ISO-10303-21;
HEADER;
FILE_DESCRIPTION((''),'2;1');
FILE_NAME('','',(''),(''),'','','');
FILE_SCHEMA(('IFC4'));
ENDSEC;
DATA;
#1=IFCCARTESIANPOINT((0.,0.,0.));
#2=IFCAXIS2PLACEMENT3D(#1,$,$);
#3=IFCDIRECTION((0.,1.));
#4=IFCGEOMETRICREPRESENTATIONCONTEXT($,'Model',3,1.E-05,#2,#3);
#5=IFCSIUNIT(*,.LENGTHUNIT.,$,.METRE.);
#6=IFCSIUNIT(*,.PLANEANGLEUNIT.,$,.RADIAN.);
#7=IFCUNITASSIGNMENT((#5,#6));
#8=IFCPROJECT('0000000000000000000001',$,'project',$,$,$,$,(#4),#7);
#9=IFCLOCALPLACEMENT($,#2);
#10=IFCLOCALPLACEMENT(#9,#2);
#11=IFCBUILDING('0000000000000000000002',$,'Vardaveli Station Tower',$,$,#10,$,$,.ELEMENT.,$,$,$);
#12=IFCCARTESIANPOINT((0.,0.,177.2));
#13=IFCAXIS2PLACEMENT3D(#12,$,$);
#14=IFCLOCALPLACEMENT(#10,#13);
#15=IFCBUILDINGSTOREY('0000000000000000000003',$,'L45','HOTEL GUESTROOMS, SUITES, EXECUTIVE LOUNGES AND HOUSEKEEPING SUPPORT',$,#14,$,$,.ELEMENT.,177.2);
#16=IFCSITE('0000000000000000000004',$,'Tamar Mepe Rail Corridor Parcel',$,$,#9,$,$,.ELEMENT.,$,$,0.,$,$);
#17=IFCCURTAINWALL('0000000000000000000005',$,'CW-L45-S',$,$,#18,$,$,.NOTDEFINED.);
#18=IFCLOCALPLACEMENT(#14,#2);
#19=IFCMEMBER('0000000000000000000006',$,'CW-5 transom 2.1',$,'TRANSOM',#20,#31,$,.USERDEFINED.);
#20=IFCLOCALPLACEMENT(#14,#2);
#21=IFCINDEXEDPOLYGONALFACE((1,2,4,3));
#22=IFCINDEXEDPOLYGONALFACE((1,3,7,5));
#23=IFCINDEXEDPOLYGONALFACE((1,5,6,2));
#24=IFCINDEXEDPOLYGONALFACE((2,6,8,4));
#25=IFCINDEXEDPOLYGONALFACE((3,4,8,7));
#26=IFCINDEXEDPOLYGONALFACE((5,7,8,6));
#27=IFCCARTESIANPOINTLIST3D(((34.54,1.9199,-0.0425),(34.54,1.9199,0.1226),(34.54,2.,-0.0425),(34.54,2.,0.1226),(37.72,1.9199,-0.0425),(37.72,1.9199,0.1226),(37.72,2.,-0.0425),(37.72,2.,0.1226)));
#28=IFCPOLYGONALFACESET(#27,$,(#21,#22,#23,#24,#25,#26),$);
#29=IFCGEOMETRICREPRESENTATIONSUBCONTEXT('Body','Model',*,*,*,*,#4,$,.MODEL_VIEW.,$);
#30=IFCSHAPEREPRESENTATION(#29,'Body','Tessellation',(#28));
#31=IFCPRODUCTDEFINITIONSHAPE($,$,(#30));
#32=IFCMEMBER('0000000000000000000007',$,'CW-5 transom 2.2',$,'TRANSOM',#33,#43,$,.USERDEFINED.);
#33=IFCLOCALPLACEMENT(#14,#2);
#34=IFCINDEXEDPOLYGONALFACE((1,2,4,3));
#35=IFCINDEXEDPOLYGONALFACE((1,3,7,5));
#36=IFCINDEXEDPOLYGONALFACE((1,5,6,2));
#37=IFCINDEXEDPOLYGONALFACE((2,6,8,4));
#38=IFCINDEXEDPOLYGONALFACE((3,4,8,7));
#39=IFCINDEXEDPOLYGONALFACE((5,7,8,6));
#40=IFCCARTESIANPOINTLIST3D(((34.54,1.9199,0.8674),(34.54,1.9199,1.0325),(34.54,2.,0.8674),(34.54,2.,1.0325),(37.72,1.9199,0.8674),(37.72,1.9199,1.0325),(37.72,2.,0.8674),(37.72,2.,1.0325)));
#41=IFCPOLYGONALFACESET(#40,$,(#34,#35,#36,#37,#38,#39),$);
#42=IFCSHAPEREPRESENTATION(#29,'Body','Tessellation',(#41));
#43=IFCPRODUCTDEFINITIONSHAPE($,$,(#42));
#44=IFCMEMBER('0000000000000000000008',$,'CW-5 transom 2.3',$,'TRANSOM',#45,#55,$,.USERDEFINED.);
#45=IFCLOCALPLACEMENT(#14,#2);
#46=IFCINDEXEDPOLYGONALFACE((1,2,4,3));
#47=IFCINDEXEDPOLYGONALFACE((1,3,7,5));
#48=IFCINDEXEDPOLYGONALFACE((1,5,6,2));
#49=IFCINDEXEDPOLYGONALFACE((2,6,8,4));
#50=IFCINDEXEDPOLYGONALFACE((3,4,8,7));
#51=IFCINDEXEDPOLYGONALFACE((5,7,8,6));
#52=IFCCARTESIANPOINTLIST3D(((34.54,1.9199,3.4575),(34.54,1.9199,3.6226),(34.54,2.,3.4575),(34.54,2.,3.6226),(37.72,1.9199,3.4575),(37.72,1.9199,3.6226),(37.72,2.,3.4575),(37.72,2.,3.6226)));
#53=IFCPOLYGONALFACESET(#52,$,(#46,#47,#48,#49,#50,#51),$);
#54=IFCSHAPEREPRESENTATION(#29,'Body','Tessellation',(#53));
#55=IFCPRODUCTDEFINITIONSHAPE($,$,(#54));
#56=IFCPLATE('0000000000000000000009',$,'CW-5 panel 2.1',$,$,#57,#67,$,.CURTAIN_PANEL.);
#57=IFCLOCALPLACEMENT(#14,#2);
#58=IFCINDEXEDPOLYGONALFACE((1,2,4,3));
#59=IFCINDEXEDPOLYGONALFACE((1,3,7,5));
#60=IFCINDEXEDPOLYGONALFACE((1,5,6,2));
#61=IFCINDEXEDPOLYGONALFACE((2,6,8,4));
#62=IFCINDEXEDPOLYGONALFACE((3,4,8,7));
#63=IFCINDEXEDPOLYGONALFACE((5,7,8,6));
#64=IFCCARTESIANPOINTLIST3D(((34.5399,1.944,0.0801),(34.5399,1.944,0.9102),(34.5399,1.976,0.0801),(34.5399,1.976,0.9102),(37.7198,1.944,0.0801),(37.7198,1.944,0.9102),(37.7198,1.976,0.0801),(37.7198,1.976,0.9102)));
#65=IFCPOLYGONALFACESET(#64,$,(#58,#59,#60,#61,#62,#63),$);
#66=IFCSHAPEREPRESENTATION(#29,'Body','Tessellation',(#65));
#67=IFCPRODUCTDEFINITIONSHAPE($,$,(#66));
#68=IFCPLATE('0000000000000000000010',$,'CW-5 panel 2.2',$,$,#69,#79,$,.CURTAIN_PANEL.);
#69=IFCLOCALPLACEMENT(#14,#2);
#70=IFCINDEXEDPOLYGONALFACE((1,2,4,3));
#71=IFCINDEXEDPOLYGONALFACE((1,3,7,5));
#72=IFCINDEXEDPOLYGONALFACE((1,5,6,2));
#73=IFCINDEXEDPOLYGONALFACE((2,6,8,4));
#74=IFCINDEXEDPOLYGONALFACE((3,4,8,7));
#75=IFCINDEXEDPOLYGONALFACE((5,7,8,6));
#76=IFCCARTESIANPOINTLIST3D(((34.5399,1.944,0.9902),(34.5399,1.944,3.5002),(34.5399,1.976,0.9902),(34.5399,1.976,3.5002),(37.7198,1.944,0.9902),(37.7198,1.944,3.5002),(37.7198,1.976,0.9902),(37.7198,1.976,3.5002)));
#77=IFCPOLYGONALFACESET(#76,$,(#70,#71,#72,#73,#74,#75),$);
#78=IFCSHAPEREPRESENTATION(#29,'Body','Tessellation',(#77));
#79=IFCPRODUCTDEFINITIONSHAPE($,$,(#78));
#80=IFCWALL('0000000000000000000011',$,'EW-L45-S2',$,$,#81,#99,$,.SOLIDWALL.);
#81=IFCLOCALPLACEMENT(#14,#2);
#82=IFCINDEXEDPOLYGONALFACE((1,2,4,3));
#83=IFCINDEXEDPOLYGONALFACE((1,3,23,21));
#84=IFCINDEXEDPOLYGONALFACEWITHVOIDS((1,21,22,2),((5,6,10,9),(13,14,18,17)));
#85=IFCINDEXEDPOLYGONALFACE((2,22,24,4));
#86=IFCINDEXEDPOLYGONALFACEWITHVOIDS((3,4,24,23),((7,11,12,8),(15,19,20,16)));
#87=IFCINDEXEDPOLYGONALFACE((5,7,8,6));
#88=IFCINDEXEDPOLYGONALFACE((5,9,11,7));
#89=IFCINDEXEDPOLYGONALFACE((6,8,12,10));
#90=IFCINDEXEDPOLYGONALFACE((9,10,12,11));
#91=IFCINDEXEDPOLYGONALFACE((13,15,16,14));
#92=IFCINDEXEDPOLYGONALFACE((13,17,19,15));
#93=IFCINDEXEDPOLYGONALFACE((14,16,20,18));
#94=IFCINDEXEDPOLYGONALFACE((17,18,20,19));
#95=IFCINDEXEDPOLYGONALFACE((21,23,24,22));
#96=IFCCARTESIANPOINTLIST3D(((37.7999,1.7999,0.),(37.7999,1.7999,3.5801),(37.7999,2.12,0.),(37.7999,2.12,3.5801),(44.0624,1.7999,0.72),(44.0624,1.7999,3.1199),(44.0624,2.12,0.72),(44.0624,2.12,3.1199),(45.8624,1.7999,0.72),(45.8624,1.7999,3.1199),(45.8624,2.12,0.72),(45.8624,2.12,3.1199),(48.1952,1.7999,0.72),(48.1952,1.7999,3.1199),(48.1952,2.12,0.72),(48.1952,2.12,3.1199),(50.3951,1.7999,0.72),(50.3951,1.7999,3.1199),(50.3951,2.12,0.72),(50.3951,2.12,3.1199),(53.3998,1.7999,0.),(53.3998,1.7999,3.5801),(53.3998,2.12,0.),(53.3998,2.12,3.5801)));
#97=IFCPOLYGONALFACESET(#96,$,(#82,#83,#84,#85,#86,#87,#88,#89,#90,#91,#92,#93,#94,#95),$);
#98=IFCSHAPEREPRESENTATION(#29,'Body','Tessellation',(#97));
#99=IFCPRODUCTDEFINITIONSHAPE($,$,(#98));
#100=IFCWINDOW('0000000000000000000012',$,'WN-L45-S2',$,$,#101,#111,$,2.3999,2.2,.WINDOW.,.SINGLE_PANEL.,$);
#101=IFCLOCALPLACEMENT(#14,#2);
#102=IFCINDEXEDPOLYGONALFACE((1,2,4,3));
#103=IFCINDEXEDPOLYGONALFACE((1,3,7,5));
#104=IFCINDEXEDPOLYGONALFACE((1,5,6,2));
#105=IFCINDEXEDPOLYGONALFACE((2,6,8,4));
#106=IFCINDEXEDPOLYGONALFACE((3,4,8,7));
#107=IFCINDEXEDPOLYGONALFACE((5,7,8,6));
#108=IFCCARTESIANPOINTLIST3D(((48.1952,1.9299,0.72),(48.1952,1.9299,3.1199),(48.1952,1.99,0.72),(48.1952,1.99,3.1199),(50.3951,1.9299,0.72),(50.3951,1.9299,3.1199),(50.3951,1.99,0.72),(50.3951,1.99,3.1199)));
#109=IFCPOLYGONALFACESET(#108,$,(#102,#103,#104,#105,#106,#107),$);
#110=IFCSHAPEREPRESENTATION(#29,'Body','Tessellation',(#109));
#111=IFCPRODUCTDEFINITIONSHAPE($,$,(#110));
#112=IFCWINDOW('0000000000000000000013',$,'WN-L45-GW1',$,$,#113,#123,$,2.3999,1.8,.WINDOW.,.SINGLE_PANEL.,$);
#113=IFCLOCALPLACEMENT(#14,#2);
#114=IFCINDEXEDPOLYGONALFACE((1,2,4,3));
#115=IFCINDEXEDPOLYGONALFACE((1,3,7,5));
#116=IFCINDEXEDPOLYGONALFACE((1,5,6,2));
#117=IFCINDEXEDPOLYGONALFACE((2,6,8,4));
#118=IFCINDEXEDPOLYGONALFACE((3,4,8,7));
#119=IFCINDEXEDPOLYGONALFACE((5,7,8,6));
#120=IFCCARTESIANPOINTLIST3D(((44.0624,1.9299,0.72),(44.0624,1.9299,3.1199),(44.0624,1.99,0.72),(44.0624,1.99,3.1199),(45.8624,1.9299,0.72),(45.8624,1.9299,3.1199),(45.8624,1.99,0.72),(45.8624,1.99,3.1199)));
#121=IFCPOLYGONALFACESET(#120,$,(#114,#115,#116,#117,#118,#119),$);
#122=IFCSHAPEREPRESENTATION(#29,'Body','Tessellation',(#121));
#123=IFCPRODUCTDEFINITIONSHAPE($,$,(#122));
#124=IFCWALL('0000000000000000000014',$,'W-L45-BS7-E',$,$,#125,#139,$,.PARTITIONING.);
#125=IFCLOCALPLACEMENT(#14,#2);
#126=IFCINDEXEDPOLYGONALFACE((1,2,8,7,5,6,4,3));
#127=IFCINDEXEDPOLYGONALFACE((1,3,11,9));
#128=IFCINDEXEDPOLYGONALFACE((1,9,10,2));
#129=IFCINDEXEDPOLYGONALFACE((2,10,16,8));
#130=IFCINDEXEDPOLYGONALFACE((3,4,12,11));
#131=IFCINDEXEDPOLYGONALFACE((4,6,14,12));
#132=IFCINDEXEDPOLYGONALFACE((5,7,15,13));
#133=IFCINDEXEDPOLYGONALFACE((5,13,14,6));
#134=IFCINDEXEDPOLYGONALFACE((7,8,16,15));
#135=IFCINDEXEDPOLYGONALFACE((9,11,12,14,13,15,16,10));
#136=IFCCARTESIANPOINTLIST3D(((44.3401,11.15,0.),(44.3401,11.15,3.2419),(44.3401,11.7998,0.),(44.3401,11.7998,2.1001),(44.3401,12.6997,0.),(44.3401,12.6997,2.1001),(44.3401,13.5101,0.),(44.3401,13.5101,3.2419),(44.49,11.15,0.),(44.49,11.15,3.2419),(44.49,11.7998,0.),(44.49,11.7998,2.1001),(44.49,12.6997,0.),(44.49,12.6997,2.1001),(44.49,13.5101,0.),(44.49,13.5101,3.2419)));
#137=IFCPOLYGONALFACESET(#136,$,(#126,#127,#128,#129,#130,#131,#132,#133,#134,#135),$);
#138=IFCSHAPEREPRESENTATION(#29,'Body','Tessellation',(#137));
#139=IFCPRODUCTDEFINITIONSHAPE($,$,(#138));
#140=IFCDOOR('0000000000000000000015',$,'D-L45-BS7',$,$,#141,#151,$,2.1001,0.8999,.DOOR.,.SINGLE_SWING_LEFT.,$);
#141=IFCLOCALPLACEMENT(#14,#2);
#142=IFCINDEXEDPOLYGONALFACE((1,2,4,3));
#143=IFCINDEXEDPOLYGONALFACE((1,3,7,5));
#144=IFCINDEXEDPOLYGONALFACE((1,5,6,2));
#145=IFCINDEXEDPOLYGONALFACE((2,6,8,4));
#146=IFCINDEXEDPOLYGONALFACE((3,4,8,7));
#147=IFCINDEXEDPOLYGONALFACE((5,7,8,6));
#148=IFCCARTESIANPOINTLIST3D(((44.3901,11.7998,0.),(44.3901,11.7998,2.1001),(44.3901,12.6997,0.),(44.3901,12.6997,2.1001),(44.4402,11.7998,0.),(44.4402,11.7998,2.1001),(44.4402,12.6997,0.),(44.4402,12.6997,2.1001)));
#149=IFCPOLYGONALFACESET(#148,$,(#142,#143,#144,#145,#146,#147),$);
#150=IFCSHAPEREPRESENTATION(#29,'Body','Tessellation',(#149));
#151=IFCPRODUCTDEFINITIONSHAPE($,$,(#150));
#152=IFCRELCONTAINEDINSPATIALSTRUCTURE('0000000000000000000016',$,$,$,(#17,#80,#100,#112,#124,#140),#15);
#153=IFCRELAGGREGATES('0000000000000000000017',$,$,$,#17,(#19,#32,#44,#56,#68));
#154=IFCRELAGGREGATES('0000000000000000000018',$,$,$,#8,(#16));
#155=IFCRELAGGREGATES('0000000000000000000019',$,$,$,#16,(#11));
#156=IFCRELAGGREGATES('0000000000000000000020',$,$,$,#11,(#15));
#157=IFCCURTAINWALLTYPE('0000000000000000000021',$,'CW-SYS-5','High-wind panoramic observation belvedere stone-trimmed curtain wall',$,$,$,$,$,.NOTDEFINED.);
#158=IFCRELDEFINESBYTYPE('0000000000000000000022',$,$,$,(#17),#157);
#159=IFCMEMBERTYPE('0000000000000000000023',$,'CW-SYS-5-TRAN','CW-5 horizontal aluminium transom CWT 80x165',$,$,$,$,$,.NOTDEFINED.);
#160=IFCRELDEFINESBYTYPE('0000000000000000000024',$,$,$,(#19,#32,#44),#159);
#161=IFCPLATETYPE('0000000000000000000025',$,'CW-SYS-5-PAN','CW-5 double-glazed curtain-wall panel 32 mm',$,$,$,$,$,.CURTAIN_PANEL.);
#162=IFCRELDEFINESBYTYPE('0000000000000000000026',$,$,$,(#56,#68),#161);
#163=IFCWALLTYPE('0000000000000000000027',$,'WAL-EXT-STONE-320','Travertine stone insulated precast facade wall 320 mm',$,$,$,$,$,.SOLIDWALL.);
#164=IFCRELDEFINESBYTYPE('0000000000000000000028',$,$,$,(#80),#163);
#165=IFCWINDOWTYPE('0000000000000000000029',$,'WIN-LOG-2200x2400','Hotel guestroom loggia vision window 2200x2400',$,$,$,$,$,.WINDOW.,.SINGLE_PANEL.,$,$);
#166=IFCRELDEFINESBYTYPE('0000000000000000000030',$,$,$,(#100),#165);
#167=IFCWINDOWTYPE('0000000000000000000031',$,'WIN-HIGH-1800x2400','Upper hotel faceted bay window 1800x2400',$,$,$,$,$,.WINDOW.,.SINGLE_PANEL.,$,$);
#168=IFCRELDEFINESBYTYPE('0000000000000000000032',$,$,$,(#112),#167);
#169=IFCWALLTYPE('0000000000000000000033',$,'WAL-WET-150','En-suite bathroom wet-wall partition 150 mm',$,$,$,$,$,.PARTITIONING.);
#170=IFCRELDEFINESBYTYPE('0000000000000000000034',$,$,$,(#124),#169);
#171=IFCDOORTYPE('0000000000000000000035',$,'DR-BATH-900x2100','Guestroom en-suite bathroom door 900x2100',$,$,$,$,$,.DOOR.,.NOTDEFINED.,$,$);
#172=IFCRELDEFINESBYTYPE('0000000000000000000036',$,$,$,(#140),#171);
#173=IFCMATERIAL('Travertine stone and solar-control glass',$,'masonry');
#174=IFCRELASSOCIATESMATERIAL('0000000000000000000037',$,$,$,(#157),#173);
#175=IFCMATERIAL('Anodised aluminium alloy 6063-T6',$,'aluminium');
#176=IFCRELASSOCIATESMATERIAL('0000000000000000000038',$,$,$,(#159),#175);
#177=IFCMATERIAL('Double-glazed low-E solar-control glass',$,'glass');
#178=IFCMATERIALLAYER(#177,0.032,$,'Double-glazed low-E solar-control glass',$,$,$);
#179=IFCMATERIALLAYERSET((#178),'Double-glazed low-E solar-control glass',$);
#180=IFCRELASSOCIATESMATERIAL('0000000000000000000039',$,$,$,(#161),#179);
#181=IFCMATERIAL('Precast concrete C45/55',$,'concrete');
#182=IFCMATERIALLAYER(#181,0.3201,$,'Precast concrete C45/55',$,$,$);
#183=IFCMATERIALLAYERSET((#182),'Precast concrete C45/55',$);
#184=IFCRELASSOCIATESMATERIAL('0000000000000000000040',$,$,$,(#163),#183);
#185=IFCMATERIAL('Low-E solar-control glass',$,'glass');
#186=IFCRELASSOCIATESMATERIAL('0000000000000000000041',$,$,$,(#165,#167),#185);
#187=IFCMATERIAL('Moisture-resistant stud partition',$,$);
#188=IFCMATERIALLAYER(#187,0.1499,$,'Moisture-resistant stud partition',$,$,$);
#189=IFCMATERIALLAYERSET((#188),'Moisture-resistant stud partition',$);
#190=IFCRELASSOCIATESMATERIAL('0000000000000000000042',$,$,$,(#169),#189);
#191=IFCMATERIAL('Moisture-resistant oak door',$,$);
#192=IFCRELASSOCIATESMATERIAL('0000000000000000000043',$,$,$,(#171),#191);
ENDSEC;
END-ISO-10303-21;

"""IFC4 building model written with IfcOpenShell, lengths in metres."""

from ifc_helpers import new_model, si_unit, direction, frame, frame_2d, origin, origin_2d, place, context, subcontext, project, spatial, rectangle, extrude, source, transform, mapped, material, layer, layer_set, material_profile, profile_set, type_object, element, fill, aggregate, save


model = new_model("IFC4")

# Units and contexts
model_context = context("Model", 3, precision=1e-05, world=origin(), true_north=direction((0.0, 1.0)))
body_context = subcontext(model_context, "Body", "Model", "MODEL_VIEW")
ifc_project = project(units=[si_unit("LENGTHUNIT", "METRE"), si_unit("PLANEANGLEUNIT", "RADIAN")], contexts=[model_context])

# Site, building, storey
site_placement = place(None, origin())
site = spatial("IfcSite", under=ifc_project, at=site_placement, Name="Tamar Mepe Rail Corridor Parcel", CompositionType="ELEMENT", RefElevation=0.0)
building_placement = place(site_placement, origin())
building = spatial("IfcBuilding", under=site, at=building_placement, Name="Vardaveli Station Tower", CompositionType="ELEMENT")
storey_placement = place(building_placement, frame((0.0, 0.0, 177.2)))
storey = spatial("IfcBuildingStorey", under=building, at=storey_placement, Name="L45", Description="HOTEL GUESTROOMS, SUITES, EXECUTIVE LOUNGES AND HOUSEKEEPING SUPPORT", CompositionType="ELEMENT", Elevation=177.2)

# Shared definitions
ifc_material_1 = material(Name="Precast concrete C45/55", Category="concrete")

# Curtain wall, members, plates
ifc_material_2 = material(Name="Travertine stone and solar-control glass", Category="masonry")
curtain_wall_type = type_object("IfcCurtainWallType", Name="CW-SYS-5", Description="High-wind panoramic observation belvedere stone-trimmed curtain wall", PredefinedType="NOTDEFINED", material=ifc_material_2)
curtain_wall_placement = place(storey_placement, origin())
curtain_wall = element("IfcCurtainWall", 1, at=curtain_wall_placement, inside=storey, type_object=curtain_wall_type, Name="CW-L45-S", PredefinedType="NOTDEFINED")
ifc_material_3 = material(Name="Anodised aluminium alloy 6063-T6", Category="aluminium")
ifc_material_profile_1 = material_profile(ifc_material_3, rectangle(XDim=0.0801, YDim=0.165, at=origin_2d()), Name="CWT 80x165")
ifc_profile_set_1 = profile_set([ifc_material_profile_1], Name="Anodised aluminium alloy 6063-T6")
member_type_1 = type_object("IfcMemberType", Name="CW-SYS-5-TRAN", Description="CW-5 horizontal aluminium transom CWT 80x165", PredefinedType="NOTDEFINED", material=ifc_profile_set_1)
shared_shape_1 = source(origin(), body_context, "Body", "SweptSolid", [
    extrude(rectangle(XDim=0.0801, YDim=0.165, at=origin_2d()), origin(), (0.0, 0.0, 1.0), 3.1799),
])
member_1_placement = place(storey_placement, frame((34.54, 1.96, 0.04), z_axis=(1.0, 0.0, 0.0), x_axis=(0.0, 1.0, 0.0)))
member_1 = element("IfcMember", 2, at=member_1_placement, type_object=member_type_1, Name="CW-5 transom 2.1", ObjectType="TRANSOM", PredefinedType="USERDEFINED", context=body_context, shape_type="MappedRepresentation", body=[
    mapped(shared_shape_1, transform((0.0, 0.0, 0.0), scale=1.0)),
])
member_2_placement = place(storey_placement, frame((34.54, 1.96, 0.95), z_axis=(1.0, 0.0, 0.0), x_axis=(0.0, 1.0, 0.0)))
member_2 = element("IfcMember", 3, at=member_2_placement, type_object=member_type_1, Name="CW-5 transom 2.2", ObjectType="TRANSOM", PredefinedType="USERDEFINED", context=body_context, shape_type="MappedRepresentation", body=[
    mapped(shared_shape_1, transform((0.0, 0.0, 0.0), scale=1.0)),
])
member_3_placement = place(storey_placement, frame((34.54, 1.96, 3.54), z_axis=(1.0, 0.0, 0.0), x_axis=(0.0, 1.0, 0.0)))
member_3 = element("IfcMember", 4, at=member_3_placement, type_object=member_type_1, Name="CW-5 transom 2.3", ObjectType="TRANSOM", PredefinedType="USERDEFINED", context=body_context, shape_type="MappedRepresentation", body=[
    mapped(shared_shape_1, transform((0.0, 0.0, 0.0), scale=1.0)),
])
ifc_material_4 = material(Name="Double-glazed low-E solar-control glass", Category="glass")
ifc_layer_1 = layer(ifc_material_4, 0.032, Name="Double-glazed low-E solar-control glass")
ifc_layer_set_1 = layer_set([ifc_layer_1], Name="Double-glazed low-E solar-control glass")
plate_type = type_object("IfcPlateType", Name="CW-SYS-5-PAN", Description="CW-5 double-glazed curtain-wall panel 32 mm", PredefinedType="CURTAIN_PANEL", material=ifc_layer_set_1)
shared_shape_2 = source(origin(), body_context, "Body", "SweptSolid", [
    extrude(rectangle(XDim=3.1799, YDim=0.032, at=origin_2d()), origin(), (0.0, 0.0, 1.0), 0.8301),
])
plate_1_placement = place(storey_placement, frame((36.1299, 1.96, 0.0801), z_axis=(0.0, 0.0, 1.0), x_axis=(1.0, 0.0, 0.0)))
plate_1 = element("IfcPlate", 5, at=plate_1_placement, type_object=plate_type, Name="CW-5 panel 2.1", PredefinedType="CURTAIN_PANEL", context=body_context, shape_type="MappedRepresentation", body=[
    mapped(shared_shape_2, transform((0.0, 0.0, 0.0), scale=1.0)),
])
shared_shape_3 = source(origin(), body_context, "Body", "SweptSolid", [
    extrude(rectangle(XDim=3.1799, YDim=0.032, at=origin_2d()), origin(), (0.0, 0.0, 1.0), 2.51),
])
plate_2_placement = place(storey_placement, frame((36.1299, 1.96, 0.9902), z_axis=(0.0, 0.0, 1.0), x_axis=(1.0, 0.0, 0.0)))
plate_2 = element("IfcPlate", 6, at=plate_2_placement, type_object=plate_type, Name="CW-5 panel 2.2", PredefinedType="CURTAIN_PANEL", context=body_context, shape_type="MappedRepresentation", body=[
    mapped(shared_shape_3, transform((0.0, 0.0, 0.0), scale=1.0)),
])
aggregate(curtain_wall, [member_1, member_2, member_3, plate_1, plate_2])

# Wall, openings, windows
ifc_layer_2 = layer(ifc_material_1, 0.3201, Name="Precast concrete C45/55")
ifc_layer_set_2 = layer_set([ifc_layer_2], Name="Precast concrete C45/55")
wall_type_1 = type_object("IfcWallType", Name="WAL-EXT-STONE-320", Description="Travertine stone insulated precast facade wall 320 mm", PredefinedType="SOLIDWALL", material=ifc_layer_set_2)
shared_shape_4 = source(origin(), body_context, "Body", "SweptSolid", [
    extrude(rectangle(XDim=15.5999, YDim=0.3201, at=frame_2d((7.7998, 0.0))), origin(), (0.0, 0.0, 1.0), 3.5801),
])
wall_1_placement = place(storey_placement, frame((37.8, 1.96, 0.0), z_axis=(0.0, 0.0, 1.0), x_axis=(1.0, 0.0, 0.0)))
wall_1 = element("IfcWall", 7, at=wall_1_placement, inside=storey, type_object=wall_type_1, Name="EW-L45-S2", PredefinedType="SOLIDWALL", context=body_context, shape_type="MappedRepresentation", body=[
    mapped(shared_shape_4, transform((0.0, 0.0, 0.0), scale=1.0)),
])
shared_shape_5 = source(origin(), body_context, "Body", "SweptSolid", [
    extrude(rectangle(XDim=2.2, YDim=2.3999, at=frame_2d((1.1001, 1.2))), frame((0.0, 0.1699, 0.0), z_axis=(0.0, -1.0, 0.0), x_axis=(1.0, 0.0, 0.0)), (0.0, 0.0, 1.0), 0.3401),
])
opening_1_placement = place(wall_1_placement, frame((10.395, 0.0, 0.72)))
opening_1 = element("IfcOpeningElement", 8, at=opening_1_placement, cuts=wall_1, PredefinedType="OPENING", context=body_context, shape_type="MappedRepresentation", body=[
    mapped(shared_shape_5, transform((0.0, 0.0, 0.0), scale=1.0)),
])
shared_shape_6 = source(origin(), body_context, "Body", "SweptSolid", [
    extrude(rectangle(XDim=1.8, YDim=2.3999, at=frame_2d((0.8999, 1.2))), frame((0.0, 0.1699, 0.0), z_axis=(0.0, -1.0, 0.0), x_axis=(1.0, 0.0, 0.0)), (0.0, 0.0, 1.0), 0.3401),
])
opening_2_placement = place(wall_1_placement, frame((6.2625, 0.0, 0.72)))
opening_2 = element("IfcOpeningElement", 9, at=opening_2_placement, cuts=wall_1, PredefinedType="OPENING", context=body_context, shape_type="MappedRepresentation", body=[
    mapped(shared_shape_6, transform((0.0, 0.0, 0.0), scale=1.0)),
])
ifc_material_5 = material(Name="Low-E solar-control glass", Category="glass")
window_type_1 = type_object("IfcWindowType", Name="WIN-LOG-2200x2400", Description="Hotel guestroom loggia vision window 2200x2400", PartitioningType="SINGLE_PANEL", PredefinedType="WINDOW", material=ifc_material_5)
shared_shape_7 = source(origin(), body_context, "Body", "SweptSolid", [
    extrude(rectangle(XDim=2.2, YDim=2.3999, at=frame_2d((1.1001, 1.2))), frame((0.0, 0.03, 0.0), z_axis=(0.0, -1.0, 0.0), x_axis=(1.0, 0.0, 0.0)), (0.0, 0.0, 1.0), 0.0601),
])
window_1_placement = place(opening_1_placement, origin())
window_1 = element("IfcWindow", 10, at=window_1_placement, inside=storey, type_object=window_type_1, Name="WN-L45-S2", OverallHeight=2.3999, OverallWidth=2.2, PartitioningType="SINGLE_PANEL", PredefinedType="WINDOW", context=body_context, shape_type="MappedRepresentation", body=[
    mapped(shared_shape_7, transform((0.0, 0.0, 0.0), scale=1.0)),
])
fill(opening_1, window_1)
window_type_2 = type_object("IfcWindowType", Name="WIN-HIGH-1800x2400", Description="Upper hotel faceted bay window 1800x2400", PartitioningType="SINGLE_PANEL", PredefinedType="WINDOW", material=ifc_material_5)
shared_shape_8 = source(origin(), body_context, "Body", "SweptSolid", [
    extrude(rectangle(XDim=1.8, YDim=2.3999, at=frame_2d((0.8999, 1.2))), frame((0.0, 0.03, 0.0), z_axis=(0.0, -1.0, 0.0), x_axis=(1.0, 0.0, 0.0)), (0.0, 0.0, 1.0), 0.0601),
])
window_2_placement = place(opening_2_placement, origin())
window_2 = element("IfcWindow", 11, at=window_2_placement, inside=storey, type_object=window_type_2, Name="WN-L45-GW1", OverallHeight=2.3999, OverallWidth=1.8, PartitioningType="SINGLE_PANEL", PredefinedType="WINDOW", context=body_context, shape_type="MappedRepresentation", body=[
    mapped(shared_shape_8, transform((0.0, 0.0, 0.0), scale=1.0)),
])
fill(opening_2, window_2)

# Wall, opening, door
ifc_material_6 = material(Name="Moisture-resistant stud partition")
ifc_layer_3 = layer(ifc_material_6, 0.1499, Name="Moisture-resistant stud partition")
ifc_layer_set_3 = layer_set([ifc_layer_3], Name="Moisture-resistant stud partition")
wall_type_2 = type_object("IfcWallType", Name="WAL-WET-150", Description="En-suite bathroom wet-wall partition 150 mm", PredefinedType="PARTITIONING", material=ifc_layer_set_3)
shared_shape_9 = source(origin(), body_context, "Body", "SweptSolid", [
    extrude(rectangle(XDim=2.3601, YDim=0.1499, at=frame_2d((1.1802, 0.0))), origin(), (0.0, 0.0, 1.0), 3.2419),
])
wall_2_placement = place(storey_placement, frame((44.415, 11.1499, 0.0), z_axis=(0.0, 0.0, 1.0), x_axis=(0.0, 1.0, 0.0)))
wall_2 = element("IfcWall", 12, at=wall_2_placement, inside=storey, type_object=wall_type_2, Name="W-L45-BS7-E", PredefinedType="PARTITIONING", context=body_context, shape_type="MappedRepresentation", body=[
    mapped(shared_shape_9, transform((0.0, 0.0, 0.0), scale=1.0)),
])
shared_shape_10 = source(origin(), body_context, "Body", "SweptSolid", [
    extrude(rectangle(XDim=0.8999, YDim=2.1001, at=frame_2d((0.45, 1.05))), frame((0.0, 0.085, 0.0), z_axis=(0.0, -1.0, 0.0), x_axis=(1.0, 0.0, 0.0)), (0.0, 0.0, 1.0), 0.1699),
])
opening_3_placement = place(wall_2_placement, frame((0.6499, 0.0, 0.0)))
opening_3 = element("IfcOpeningElement", 13, at=opening_3_placement, cuts=wall_2, PredefinedType="OPENING", context=body_context, shape_type="MappedRepresentation", body=[
    mapped(shared_shape_10, transform((0.0, 0.0, 0.0), scale=1.0)),
])
ifc_material_7 = material(Name="Moisture-resistant oak door")
door_type = type_object("IfcDoorType", Name="DR-BATH-900x2100", Description="Guestroom en-suite bathroom door 900x2100", OperationType="NOTDEFINED", PredefinedType="DOOR", material=ifc_material_7)
shared_shape_11 = source(origin(), body_context, "Body", "SweptSolid", [
    extrude(rectangle(XDim=0.8999, YDim=2.1001, at=frame_2d((0.45, 1.05))), frame((0.0, 0.0249, 0.0), z_axis=(0.0, -1.0, 0.0), x_axis=(1.0, 0.0, 0.0)), (0.0, 0.0, 1.0), 0.05),
])
door_placement = place(opening_3_placement, origin())
door = element("IfcDoor", 14, at=door_placement, inside=storey, type_object=door_type, Name="D-L45-BS7", OperationType="SINGLE_SWING_LEFT", OverallHeight=2.1001, OverallWidth=0.8999, PredefinedType="DOOR", context=body_context, shape_type="MappedRepresentation", body=[
    mapped(shared_shape_11, transform((0.0, 0.0, 0.0), scale=1.0)),
])
fill(opening_3, door)

save(model, "model.ifc")
